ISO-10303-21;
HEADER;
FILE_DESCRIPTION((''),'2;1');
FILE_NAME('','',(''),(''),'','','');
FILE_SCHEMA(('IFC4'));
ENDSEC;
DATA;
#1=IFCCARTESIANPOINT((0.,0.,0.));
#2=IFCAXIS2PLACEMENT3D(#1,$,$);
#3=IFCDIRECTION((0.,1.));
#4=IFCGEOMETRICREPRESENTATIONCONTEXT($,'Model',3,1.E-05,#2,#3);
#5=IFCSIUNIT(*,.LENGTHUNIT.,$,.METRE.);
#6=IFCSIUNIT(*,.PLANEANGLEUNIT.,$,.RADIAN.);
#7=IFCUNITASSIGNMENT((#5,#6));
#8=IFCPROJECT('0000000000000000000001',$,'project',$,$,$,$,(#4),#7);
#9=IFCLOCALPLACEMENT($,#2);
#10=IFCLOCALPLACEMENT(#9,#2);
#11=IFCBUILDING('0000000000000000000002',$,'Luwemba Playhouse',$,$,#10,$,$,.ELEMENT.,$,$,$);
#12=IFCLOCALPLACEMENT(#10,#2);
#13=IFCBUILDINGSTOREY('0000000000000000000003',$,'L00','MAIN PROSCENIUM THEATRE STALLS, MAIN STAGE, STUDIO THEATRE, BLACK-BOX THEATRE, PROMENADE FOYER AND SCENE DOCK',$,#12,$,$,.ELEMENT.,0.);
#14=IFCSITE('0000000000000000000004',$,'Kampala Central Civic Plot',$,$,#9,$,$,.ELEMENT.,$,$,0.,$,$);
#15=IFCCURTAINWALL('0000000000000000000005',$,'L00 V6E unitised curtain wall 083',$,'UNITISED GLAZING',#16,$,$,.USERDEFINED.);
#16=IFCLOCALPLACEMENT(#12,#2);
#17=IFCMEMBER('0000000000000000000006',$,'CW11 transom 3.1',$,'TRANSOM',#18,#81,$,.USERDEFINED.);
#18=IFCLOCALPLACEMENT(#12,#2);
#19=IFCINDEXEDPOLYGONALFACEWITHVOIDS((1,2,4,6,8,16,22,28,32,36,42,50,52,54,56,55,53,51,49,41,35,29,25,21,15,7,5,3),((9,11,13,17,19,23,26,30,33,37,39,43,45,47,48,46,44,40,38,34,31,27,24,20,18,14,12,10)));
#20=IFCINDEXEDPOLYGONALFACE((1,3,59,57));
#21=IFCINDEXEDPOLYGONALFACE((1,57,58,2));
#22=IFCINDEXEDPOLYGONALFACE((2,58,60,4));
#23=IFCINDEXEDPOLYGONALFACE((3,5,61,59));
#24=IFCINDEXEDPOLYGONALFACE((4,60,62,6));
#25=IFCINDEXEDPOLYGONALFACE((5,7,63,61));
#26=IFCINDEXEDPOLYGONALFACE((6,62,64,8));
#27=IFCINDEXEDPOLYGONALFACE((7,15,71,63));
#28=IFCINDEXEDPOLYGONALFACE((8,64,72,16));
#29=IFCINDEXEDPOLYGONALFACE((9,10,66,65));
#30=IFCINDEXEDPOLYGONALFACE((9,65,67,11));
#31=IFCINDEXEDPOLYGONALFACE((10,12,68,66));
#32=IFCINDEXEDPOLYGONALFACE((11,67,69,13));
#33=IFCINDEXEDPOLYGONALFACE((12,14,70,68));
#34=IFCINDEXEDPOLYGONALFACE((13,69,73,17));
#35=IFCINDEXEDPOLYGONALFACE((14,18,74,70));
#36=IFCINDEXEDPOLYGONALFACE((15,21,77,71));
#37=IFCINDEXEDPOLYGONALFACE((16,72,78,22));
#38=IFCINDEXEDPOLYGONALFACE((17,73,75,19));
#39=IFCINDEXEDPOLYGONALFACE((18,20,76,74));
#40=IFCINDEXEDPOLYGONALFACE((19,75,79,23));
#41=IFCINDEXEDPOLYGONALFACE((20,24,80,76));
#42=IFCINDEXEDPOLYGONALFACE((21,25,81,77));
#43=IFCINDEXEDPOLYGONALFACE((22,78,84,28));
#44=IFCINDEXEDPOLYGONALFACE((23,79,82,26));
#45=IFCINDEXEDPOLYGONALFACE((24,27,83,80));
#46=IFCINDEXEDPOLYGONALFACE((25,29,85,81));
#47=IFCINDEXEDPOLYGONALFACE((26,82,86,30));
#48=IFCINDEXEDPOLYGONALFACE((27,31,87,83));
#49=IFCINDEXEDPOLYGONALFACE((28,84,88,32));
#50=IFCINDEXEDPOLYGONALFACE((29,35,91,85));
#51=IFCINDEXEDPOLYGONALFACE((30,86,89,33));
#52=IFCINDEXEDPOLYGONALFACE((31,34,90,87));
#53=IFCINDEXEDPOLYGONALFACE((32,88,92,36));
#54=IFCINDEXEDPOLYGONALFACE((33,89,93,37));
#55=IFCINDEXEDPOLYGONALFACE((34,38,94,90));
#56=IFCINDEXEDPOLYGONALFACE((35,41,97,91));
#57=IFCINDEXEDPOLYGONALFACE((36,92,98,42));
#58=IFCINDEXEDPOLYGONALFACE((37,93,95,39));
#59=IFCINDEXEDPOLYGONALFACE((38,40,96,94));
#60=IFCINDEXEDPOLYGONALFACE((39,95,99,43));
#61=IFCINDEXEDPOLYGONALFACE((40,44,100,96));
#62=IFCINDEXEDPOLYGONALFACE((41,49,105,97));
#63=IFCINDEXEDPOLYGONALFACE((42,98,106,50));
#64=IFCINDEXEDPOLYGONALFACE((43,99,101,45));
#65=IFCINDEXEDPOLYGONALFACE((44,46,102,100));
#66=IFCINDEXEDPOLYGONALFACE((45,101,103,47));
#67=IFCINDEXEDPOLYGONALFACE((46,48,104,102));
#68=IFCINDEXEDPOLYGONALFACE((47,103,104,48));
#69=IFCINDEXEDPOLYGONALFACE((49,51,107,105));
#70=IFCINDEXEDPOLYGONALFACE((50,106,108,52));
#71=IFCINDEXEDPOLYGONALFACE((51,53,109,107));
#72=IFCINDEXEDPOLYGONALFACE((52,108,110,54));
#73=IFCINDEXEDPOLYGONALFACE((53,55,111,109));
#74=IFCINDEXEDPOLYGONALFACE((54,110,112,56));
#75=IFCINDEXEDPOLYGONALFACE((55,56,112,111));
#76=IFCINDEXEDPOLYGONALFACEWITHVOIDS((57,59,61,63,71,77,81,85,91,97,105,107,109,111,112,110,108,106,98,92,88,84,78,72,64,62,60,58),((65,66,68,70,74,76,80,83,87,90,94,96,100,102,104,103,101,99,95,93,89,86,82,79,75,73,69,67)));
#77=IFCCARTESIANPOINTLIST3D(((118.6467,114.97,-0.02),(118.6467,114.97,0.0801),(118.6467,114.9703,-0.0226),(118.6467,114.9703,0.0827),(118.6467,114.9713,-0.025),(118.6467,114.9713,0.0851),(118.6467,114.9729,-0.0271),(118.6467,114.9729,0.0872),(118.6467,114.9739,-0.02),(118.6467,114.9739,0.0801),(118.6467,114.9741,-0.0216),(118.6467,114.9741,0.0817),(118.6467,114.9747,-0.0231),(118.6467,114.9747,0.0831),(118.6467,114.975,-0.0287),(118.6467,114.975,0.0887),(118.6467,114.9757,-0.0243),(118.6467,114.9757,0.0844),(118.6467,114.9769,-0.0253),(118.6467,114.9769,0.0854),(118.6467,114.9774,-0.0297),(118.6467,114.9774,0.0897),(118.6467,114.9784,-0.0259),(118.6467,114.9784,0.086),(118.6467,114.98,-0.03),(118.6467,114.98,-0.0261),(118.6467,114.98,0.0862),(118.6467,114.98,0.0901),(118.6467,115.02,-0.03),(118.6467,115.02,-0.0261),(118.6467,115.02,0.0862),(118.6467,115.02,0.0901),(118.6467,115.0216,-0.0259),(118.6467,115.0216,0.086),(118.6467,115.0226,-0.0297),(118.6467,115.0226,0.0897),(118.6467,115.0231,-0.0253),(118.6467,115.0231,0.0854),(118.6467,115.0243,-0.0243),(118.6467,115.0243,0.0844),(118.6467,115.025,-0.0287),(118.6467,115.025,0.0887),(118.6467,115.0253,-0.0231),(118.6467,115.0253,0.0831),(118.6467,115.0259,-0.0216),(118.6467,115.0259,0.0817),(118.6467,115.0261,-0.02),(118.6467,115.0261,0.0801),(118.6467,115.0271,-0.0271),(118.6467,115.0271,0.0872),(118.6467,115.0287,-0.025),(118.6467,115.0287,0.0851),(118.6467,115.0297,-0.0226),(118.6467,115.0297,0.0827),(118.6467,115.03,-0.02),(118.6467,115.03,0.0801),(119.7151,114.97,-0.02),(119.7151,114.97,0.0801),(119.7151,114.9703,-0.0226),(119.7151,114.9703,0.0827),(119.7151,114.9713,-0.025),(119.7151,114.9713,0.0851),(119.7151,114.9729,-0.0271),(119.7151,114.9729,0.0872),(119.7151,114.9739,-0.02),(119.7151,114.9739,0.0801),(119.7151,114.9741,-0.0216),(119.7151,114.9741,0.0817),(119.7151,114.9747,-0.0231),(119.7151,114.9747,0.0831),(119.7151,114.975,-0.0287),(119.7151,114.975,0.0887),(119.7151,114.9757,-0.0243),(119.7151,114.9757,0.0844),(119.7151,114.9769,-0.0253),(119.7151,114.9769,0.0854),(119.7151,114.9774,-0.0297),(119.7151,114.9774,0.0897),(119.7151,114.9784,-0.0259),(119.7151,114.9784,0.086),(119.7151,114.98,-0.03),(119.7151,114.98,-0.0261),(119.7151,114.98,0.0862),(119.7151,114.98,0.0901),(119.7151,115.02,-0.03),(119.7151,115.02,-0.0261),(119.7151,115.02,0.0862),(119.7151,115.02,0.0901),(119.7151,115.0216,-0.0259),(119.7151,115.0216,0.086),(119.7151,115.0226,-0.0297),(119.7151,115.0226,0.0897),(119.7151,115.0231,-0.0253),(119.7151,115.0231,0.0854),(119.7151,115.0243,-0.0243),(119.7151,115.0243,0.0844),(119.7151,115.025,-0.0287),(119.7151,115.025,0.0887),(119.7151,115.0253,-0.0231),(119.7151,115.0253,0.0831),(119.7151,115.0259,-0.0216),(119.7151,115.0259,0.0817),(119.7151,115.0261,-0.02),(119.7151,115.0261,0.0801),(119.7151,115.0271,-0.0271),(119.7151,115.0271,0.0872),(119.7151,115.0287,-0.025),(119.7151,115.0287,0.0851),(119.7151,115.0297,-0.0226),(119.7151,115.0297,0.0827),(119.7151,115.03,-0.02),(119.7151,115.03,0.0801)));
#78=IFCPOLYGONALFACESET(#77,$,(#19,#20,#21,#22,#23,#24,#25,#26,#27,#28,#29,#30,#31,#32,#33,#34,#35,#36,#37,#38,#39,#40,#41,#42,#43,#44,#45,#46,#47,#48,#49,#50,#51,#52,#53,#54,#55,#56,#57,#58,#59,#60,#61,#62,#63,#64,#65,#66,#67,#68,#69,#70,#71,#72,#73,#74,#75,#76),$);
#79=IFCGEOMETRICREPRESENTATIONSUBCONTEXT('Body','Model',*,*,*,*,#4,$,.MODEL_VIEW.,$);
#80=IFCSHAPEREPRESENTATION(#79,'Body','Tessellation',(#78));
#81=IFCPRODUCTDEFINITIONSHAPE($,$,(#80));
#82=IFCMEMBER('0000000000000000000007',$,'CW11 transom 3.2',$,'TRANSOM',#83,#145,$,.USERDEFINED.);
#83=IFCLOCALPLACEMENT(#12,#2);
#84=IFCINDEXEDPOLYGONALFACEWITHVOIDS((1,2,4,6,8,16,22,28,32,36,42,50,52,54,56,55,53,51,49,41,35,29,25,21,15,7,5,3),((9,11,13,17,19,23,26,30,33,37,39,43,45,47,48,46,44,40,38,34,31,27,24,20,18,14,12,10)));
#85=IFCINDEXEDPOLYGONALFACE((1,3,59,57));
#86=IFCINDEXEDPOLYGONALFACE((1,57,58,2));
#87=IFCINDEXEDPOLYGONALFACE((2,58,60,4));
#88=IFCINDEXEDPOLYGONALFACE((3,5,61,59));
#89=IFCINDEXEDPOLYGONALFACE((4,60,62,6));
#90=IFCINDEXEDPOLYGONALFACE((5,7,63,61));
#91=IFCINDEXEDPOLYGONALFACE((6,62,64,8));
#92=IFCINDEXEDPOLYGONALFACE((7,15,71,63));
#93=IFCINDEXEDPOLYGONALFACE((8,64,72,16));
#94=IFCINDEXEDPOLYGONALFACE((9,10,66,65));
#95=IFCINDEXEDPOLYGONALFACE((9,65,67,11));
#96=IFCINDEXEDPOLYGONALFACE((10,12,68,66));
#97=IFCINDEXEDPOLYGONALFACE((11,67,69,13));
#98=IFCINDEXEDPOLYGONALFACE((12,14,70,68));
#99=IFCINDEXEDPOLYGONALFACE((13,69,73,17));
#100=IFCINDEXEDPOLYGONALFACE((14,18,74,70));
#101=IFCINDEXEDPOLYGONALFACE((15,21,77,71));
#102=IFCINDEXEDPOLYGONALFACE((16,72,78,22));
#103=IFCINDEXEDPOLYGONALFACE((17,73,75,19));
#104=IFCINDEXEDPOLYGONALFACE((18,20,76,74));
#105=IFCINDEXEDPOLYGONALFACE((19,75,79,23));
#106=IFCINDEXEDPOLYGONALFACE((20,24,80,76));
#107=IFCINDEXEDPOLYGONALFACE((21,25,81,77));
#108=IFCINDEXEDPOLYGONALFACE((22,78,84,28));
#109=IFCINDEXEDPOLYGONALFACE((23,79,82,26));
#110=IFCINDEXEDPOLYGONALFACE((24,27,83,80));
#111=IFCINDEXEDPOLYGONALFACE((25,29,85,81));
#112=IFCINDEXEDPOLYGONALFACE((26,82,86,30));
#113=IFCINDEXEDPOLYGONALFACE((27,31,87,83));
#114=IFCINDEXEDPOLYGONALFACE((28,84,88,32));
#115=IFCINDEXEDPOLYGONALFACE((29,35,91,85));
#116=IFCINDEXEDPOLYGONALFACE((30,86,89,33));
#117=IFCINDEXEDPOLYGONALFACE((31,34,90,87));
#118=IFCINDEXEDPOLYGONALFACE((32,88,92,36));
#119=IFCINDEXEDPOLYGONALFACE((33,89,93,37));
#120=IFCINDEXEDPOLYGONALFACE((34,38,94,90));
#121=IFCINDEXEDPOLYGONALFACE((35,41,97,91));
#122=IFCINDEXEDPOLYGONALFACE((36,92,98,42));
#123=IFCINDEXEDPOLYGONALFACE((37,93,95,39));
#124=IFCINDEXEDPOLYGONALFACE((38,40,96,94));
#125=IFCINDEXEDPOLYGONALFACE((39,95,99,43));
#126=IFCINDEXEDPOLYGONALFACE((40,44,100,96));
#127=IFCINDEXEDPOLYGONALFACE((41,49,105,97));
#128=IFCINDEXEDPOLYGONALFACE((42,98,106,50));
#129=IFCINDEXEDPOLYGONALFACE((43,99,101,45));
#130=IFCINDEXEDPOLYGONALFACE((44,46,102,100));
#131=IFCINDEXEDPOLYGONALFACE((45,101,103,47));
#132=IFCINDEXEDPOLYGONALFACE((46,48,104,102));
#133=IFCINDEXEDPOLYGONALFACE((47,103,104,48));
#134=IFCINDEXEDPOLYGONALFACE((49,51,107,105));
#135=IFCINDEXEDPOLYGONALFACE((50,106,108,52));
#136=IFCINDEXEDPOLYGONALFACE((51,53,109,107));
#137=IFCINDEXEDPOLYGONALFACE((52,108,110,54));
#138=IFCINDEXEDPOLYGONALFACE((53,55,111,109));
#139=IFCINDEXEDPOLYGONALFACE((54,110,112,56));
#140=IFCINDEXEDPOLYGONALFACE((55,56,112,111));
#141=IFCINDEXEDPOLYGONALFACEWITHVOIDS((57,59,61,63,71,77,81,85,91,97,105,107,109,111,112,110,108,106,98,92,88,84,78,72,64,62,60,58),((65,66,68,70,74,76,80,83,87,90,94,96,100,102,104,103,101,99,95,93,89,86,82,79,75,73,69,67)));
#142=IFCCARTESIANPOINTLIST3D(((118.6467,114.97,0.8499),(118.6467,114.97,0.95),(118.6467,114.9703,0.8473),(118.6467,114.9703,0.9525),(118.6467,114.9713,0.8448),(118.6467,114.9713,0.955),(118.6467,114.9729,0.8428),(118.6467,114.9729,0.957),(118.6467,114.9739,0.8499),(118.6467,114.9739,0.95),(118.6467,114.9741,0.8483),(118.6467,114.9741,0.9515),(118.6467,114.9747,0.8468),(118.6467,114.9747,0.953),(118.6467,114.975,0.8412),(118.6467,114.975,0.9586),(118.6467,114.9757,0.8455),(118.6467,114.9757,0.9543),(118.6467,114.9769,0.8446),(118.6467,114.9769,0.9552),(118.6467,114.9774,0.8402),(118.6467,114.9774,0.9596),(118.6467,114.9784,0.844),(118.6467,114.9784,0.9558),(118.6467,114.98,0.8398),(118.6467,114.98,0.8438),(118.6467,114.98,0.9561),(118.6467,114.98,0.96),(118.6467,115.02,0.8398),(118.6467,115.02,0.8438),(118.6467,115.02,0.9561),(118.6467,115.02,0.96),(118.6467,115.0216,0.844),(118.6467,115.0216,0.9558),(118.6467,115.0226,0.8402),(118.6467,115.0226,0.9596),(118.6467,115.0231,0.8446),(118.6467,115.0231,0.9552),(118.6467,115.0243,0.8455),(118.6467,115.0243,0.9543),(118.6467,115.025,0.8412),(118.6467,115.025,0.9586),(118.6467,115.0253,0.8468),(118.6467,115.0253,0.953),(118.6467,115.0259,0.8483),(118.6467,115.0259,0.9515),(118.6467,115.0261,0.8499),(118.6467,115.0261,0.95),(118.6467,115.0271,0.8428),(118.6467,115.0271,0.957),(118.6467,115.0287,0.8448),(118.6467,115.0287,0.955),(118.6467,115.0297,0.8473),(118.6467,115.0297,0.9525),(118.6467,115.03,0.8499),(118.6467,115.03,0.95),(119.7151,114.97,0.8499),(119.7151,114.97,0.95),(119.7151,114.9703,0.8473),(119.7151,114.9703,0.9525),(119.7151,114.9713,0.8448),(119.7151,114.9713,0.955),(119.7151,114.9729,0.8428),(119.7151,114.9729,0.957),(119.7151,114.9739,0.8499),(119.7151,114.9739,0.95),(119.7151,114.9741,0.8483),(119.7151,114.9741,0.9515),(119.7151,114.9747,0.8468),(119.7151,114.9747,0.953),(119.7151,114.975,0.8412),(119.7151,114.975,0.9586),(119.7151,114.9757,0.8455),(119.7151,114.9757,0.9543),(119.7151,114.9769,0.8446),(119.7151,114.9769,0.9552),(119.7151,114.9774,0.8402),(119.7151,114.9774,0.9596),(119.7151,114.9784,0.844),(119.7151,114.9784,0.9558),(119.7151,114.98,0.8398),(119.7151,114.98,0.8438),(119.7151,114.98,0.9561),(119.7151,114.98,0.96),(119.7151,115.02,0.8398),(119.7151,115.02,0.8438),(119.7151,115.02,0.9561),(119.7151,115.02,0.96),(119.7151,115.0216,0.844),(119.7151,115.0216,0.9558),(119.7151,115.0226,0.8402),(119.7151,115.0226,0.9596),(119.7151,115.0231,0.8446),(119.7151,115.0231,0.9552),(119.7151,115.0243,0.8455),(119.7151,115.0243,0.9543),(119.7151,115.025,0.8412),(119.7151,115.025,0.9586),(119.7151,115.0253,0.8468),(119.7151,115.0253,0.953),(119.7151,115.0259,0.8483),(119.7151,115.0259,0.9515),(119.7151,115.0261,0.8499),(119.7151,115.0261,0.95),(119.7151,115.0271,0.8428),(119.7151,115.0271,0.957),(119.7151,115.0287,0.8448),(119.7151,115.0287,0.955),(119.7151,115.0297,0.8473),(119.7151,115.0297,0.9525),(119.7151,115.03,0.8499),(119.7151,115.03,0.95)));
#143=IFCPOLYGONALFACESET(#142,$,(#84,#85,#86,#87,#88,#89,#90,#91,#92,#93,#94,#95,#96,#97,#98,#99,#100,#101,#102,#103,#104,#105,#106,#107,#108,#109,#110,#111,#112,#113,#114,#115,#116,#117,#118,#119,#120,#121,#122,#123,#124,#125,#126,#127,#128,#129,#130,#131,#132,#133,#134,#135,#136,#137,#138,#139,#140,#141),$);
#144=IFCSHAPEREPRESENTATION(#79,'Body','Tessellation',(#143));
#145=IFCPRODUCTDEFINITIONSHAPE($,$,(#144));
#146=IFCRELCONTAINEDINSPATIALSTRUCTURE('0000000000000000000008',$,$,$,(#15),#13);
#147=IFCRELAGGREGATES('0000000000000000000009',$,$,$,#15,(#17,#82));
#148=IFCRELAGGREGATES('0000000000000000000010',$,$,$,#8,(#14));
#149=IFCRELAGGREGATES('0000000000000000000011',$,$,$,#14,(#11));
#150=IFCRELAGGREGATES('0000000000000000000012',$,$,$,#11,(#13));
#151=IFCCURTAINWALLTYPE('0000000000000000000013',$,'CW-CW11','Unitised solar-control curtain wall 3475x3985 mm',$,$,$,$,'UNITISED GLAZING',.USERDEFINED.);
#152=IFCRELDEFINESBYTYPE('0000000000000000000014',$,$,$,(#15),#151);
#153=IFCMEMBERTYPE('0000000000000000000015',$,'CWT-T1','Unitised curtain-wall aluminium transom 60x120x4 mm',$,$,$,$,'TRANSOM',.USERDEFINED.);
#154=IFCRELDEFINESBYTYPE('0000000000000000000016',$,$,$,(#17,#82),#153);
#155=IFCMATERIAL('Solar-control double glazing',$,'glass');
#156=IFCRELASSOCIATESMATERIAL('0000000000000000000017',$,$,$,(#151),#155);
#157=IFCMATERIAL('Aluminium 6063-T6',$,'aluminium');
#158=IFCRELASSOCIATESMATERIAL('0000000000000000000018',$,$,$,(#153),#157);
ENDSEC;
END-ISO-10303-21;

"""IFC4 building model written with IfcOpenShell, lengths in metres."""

from ifc_helpers import new_model, si_unit, direction, frame, origin, origin_2d, place, context, subcontext, project, spatial, hollow_rectangle, extrude, material, material_profile, profile_set, type_object, element, aggregate, save


model = new_model("IFC4")

# Units and contexts
model_context = context("Model", 3, precision=1e-05, world=origin(), true_north=direction((0.0, 1.0)))
body_context = subcontext(model_context, "Body", "Model", "MODEL_VIEW")
ifc_project = project(units=[si_unit("LENGTHUNIT", "METRE"), si_unit("PLANEANGLEUNIT", "RADIAN")], contexts=[model_context])

# Site, building, storey
site_placement = place(None, origin())
site = spatial("IfcSite", under=ifc_project, at=site_placement, Name="Kampala Central Civic Plot", CompositionType="ELEMENT", RefElevation=0.0)
building_placement = place(site_placement, origin())
building = spatial("IfcBuilding", under=site, at=building_placement, Name="Luwemba Playhouse", CompositionType="ELEMENT")
storey_placement = place(building_placement, origin())
storey = spatial("IfcBuildingStorey", under=building, at=storey_placement, Name="L00", Description="MAIN PROSCENIUM THEATRE STALLS, MAIN STAGE, STUDIO THEATRE, BLACK-BOX THEATRE, PROMENADE FOYER AND SCENE DOCK", CompositionType="ELEMENT", Elevation=0.0)

# Curtain wall, members
ifc_material_1 = material(Name="Solar-control double glazing", Category="glass")
curtain_wall_type = type_object("IfcCurtainWallType", Name="CW-CW11", Description="Unitised solar-control curtain wall 3475x3985 mm", ElementType="UNITISED GLAZING", PredefinedType="USERDEFINED", material=ifc_material_1)
curtain_wall_placement = place(storey_placement, origin())
curtain_wall = element("IfcCurtainWall", 1, at=curtain_wall_placement, inside=storey, type_object=curtain_wall_type, Name="L00 V6E unitised curtain wall 083", ObjectType="UNITISED GLAZING", PredefinedType="USERDEFINED")
ifc_material_2 = material(Name="Aluminium 6063-T6", Category="aluminium")
ifc_material_profile_1 = material_profile(ifc_material_2, hollow_rectangle(XDim=0.0601, YDim=0.1201, WallThickness=0.0039, InnerFilletRadius=0.0061, OuterFilletRadius=0.01, at=origin_2d()))
ifc_profile_set_1 = profile_set([ifc_material_profile_1], Name="Aluminium 6063-T6")
member_type_1 = type_object("IfcMemberType", Name="CWT-T1", Description="Unitised curtain-wall aluminium transom 60x120x4 mm", ElementType="TRANSOM", PredefinedType="USERDEFINED", material=ifc_profile_set_1)
member_1_placement = place(storey_placement, frame((118.6467, 115.0, 0.03), z_axis=(1.0, 0.0, 0.0), x_axis=(0.0, 1.0, 0.0)))
member_1 = element("IfcMember", 2, at=member_1_placement, type_object=member_type_1, Name="CW11 transom 3.1", ObjectType="TRANSOM", PredefinedType="USERDEFINED", context=body_context, shape_type="SweptSolid", body=[
    extrude(hollow_rectangle(XDim=0.0601, YDim=0.1201, WallThickness=0.0039, InnerFilletRadius=0.0061, OuterFilletRadius=0.01, at=origin_2d()), origin(), (0.0, 0.0, 1.0), 1.0684),
])
member_2_placement = place(storey_placement, frame((118.6467, 115.0, 0.8999), z_axis=(1.0, 0.0, 0.0), x_axis=(0.0, 1.0, 0.0)))
member_2 = element("IfcMember", 3, at=member_2_placement, type_object=member_type_1, Name="CW11 transom 3.2", ObjectType="TRANSOM", PredefinedType="USERDEFINED", context=body_context, shape_type="SweptSolid", body=[
    extrude(hollow_rectangle(XDim=0.0601, YDim=0.1201, WallThickness=0.0039, InnerFilletRadius=0.0061, OuterFilletRadius=0.01, at=origin_2d()), origin(), (0.0, 0.0, 1.0), 1.0684),
])
aggregate(curtain_wall, [member_1, member_2])

save(model, "model.ifc")
